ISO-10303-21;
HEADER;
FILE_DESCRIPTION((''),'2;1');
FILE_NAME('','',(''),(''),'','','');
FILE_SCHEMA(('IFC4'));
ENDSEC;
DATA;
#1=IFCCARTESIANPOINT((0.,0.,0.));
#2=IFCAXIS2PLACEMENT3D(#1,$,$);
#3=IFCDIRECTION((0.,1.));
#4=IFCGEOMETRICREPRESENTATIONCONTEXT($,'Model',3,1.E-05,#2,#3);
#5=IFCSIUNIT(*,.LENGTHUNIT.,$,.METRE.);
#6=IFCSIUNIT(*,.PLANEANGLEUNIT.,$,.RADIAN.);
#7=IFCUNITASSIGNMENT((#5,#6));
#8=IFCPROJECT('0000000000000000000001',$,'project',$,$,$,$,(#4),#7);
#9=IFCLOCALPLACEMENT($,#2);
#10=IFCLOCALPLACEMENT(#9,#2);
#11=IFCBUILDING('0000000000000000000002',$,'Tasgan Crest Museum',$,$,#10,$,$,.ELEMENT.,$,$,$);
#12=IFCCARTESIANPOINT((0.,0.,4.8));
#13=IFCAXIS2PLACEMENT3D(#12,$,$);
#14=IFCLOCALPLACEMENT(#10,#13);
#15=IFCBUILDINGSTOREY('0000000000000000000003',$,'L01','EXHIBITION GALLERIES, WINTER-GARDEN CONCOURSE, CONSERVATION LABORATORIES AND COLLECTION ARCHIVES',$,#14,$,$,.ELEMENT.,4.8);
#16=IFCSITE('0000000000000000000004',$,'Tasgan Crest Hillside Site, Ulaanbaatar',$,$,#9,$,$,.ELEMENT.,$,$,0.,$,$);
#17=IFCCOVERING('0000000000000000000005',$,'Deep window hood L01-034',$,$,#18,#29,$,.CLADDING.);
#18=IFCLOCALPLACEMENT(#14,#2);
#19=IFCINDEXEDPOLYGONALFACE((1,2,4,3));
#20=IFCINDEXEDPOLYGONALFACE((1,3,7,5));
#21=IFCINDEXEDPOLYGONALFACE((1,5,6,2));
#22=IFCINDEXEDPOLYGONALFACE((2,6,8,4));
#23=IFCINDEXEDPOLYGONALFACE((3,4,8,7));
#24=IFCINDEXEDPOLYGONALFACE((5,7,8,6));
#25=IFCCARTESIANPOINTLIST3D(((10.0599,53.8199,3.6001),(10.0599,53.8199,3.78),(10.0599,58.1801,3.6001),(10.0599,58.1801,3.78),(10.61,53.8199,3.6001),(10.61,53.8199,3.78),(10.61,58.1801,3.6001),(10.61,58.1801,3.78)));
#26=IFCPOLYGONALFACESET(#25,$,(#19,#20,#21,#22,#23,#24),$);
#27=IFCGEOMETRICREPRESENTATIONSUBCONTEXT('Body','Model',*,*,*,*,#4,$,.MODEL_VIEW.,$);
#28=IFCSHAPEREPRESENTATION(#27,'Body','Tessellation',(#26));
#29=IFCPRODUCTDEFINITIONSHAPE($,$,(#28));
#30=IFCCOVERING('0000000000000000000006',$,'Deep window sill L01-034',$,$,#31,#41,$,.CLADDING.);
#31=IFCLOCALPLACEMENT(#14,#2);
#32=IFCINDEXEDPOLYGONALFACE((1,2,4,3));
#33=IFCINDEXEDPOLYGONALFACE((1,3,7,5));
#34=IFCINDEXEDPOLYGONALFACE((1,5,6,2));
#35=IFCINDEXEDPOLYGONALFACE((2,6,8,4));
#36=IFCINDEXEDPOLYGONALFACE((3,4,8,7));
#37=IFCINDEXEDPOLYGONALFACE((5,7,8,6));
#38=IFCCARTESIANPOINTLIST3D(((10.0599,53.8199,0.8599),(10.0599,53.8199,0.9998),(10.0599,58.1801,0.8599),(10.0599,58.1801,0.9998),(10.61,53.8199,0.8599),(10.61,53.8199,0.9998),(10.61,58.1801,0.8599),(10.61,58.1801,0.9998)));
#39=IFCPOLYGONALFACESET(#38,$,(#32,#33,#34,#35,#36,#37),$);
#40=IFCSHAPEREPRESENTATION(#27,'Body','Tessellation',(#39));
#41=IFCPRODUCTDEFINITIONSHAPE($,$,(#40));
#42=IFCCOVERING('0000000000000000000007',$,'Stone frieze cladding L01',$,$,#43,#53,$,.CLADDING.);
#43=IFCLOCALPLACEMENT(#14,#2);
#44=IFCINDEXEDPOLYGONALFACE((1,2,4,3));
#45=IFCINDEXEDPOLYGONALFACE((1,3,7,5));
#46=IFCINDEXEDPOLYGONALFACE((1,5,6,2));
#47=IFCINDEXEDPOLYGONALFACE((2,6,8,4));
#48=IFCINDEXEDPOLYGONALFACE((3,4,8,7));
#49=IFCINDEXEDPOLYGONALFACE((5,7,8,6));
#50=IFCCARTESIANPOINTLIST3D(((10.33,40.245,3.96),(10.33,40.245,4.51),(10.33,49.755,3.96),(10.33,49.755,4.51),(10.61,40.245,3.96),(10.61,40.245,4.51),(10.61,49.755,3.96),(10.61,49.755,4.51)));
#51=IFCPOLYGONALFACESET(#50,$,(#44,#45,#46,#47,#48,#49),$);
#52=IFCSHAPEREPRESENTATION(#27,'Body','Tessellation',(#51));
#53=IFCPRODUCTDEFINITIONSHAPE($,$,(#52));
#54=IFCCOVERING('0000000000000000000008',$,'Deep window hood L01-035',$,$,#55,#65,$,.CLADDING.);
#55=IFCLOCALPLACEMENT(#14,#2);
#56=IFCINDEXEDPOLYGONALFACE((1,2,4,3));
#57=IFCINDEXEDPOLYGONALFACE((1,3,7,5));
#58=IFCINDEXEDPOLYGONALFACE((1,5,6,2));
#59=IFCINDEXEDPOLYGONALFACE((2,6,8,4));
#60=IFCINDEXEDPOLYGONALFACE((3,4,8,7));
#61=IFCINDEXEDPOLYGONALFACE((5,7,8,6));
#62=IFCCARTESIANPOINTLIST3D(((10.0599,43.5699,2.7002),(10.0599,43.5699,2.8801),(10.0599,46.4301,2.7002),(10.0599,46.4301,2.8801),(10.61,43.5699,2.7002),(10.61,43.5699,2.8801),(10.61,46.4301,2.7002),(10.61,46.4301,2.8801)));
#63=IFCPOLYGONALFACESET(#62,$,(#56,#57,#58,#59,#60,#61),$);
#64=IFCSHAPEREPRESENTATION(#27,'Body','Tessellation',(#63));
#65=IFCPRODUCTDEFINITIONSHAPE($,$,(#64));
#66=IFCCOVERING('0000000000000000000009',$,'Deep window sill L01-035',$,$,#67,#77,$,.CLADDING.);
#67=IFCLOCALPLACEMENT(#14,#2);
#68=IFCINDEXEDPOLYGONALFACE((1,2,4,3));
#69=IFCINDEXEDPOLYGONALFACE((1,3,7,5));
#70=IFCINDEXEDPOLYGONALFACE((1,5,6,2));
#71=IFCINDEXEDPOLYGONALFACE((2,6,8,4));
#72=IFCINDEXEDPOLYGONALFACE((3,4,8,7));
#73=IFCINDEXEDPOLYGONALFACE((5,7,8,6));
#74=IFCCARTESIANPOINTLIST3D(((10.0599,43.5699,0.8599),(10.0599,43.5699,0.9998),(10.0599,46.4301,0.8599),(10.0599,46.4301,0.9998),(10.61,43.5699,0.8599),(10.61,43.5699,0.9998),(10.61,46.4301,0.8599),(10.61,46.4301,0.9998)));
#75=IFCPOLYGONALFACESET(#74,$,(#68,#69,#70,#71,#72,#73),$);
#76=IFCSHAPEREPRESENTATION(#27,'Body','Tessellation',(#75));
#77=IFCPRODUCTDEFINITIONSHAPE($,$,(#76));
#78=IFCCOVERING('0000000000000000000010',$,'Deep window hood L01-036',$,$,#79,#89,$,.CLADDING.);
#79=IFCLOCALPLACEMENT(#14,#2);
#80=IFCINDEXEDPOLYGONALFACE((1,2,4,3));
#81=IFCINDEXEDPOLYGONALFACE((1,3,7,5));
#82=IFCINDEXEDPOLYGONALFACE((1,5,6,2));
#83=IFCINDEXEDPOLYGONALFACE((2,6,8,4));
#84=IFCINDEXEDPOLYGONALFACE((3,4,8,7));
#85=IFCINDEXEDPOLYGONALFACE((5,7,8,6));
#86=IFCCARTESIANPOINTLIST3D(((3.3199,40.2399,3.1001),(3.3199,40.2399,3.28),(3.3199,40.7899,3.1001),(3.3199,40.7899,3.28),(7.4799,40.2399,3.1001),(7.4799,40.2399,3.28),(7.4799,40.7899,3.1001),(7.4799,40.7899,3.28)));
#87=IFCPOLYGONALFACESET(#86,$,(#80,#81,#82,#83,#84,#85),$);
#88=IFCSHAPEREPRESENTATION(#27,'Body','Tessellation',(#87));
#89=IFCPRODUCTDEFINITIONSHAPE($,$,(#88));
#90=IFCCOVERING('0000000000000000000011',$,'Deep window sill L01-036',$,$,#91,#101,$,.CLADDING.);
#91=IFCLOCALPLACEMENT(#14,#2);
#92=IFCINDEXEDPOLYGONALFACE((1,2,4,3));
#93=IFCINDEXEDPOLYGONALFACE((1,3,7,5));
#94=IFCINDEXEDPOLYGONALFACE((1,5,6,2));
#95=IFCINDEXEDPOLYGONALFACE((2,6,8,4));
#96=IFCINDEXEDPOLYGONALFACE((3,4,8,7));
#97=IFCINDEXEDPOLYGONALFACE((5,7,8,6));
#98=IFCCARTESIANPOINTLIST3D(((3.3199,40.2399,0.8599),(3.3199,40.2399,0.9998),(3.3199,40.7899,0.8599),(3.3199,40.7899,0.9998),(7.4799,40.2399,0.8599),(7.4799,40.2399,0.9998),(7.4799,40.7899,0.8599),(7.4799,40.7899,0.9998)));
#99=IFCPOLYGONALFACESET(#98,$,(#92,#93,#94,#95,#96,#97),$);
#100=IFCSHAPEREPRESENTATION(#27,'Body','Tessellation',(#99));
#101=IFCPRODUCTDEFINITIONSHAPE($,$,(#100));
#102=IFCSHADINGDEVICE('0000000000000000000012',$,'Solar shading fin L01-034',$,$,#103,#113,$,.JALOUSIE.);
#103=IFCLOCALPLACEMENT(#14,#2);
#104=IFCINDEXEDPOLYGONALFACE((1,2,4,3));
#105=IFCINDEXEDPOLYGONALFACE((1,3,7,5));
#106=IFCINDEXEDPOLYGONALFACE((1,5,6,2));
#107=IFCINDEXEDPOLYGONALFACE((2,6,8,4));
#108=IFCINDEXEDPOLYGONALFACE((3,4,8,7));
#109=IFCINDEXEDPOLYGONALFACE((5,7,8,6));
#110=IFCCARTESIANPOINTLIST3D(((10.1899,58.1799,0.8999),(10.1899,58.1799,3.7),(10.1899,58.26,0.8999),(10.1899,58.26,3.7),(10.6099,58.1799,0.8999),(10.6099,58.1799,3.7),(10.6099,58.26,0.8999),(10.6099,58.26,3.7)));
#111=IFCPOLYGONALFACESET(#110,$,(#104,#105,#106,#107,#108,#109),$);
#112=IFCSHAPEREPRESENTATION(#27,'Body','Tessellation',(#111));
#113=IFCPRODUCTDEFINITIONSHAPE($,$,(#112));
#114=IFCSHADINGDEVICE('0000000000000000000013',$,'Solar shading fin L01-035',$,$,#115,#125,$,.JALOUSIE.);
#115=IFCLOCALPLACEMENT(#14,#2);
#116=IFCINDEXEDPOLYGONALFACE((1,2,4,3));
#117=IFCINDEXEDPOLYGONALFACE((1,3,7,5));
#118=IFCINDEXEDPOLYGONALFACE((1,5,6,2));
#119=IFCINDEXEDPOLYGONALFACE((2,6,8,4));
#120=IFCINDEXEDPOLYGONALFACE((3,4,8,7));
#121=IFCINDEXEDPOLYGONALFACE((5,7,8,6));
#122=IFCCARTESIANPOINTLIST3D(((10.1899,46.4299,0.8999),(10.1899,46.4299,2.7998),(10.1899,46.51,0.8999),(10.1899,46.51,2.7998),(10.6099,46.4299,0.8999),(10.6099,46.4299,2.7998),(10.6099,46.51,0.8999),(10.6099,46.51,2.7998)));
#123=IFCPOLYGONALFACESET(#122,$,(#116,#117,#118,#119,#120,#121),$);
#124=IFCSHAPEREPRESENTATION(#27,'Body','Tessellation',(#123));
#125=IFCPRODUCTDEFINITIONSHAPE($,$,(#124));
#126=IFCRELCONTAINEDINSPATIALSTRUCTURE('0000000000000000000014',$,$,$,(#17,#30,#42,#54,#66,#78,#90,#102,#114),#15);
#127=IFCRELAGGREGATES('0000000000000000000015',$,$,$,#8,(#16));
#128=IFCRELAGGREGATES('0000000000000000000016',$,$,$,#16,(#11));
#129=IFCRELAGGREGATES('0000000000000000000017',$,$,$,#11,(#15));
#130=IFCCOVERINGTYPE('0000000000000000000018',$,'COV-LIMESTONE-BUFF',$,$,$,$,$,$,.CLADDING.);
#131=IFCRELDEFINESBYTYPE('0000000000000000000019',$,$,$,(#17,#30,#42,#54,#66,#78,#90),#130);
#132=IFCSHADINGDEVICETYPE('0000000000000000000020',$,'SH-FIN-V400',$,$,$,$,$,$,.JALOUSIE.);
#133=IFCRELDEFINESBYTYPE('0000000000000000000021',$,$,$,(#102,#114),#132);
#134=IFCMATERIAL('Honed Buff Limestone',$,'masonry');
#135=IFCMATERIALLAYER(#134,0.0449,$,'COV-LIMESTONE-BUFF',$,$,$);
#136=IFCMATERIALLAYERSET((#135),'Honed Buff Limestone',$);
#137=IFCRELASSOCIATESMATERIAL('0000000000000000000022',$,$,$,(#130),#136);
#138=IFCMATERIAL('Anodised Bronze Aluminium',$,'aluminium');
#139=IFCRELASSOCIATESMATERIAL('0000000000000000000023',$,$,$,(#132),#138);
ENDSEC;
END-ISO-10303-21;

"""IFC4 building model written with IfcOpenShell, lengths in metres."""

from ifc_helpers import new_model, si_unit, direction, frame, origin, origin_2d, place, context, subcontext, project, spatial, rectangle, extrude, material, layer, layer_set, type_object, element, save


model = new_model("IFC4")

# Units and contexts
model_context = context("Model", 3, precision=1e-05, world=origin(), true_north=direction((0.0, 1.0)))
body_context = subcontext(model_context, "Body", "Model", "MODEL_VIEW")
ifc_project = project(units=[si_unit("LENGTHUNIT", "METRE"), si_unit("PLANEANGLEUNIT", "RADIAN")], contexts=[model_context])

# Site, building, storey
site_placement = place(None, origin())
site = spatial("IfcSite", under=ifc_project, at=site_placement, Name="Tasgan Crest Hillside Site, Ulaanbaatar", CompositionType="ELEMENT", RefElevation=0.0)
building_placement = place(site_placement, origin())
building = spatial("IfcBuilding", under=site, at=building_placement, Name="Tasgan Crest Museum", CompositionType="ELEMENT")
storey_placement = place(building_placement, frame((0.0, 0.0, 4.8)))
storey = spatial("IfcBuildingStorey", under=building, at=storey_placement, Name="L01", Description="EXHIBITION GALLERIES, WINTER-GARDEN CONCOURSE, CONSERVATION LABORATORIES AND COLLECTION ARCHIVES", CompositionType="ELEMENT", Elevation=4.8)

# Coverings
ifc_material_1 = material(Name="Honed Buff Limestone", Category="masonry")
ifc_layer_1 = layer(ifc_material_1, 0.0449, Name="COV-LIMESTONE-BUFF")
ifc_layer_set_1 = layer_set([ifc_layer_1], Name="Honed Buff Limestone")
covering_type_1 = type_object("IfcCoveringType", Name="COV-LIMESTONE-BUFF", PredefinedType="CLADDING", material=ifc_layer_set_1)
covering_1_placement = place(storey_placement, frame((10.335, 56.0, 3.6001), z_axis=(0.0, 0.0, 1.0), x_axis=(0.0, -1.0, 0.0)))
element("IfcCovering", 1, at=covering_1_placement, inside=storey, type_object=covering_type_1, Name="Deep window hood L01-034", PredefinedType="CLADDING", context=body_context, shape_type="SweptSolid", body=[
    extrude(rectangle(XDim=4.3601, YDim=0.55, at=origin_2d()), origin(), (0.0, 0.0, 1.0), 0.1799),
])
covering_2_placement = place(storey_placement, frame((10.335, 56.0, 0.8599), z_axis=(0.0, 0.0, 1.0), x_axis=(0.0, -1.0, 0.0)))
element("IfcCovering", 2, at=covering_2_placement, inside=storey, type_object=covering_type_1, Name="Deep window sill L01-034", PredefinedType="CLADDING", context=body_context, shape_type="SweptSolid", body=[
    extrude(rectangle(XDim=4.3601, YDim=0.55, at=origin_2d()), origin(), (0.0, 0.0, 1.0), 0.1399),
])
covering_3_placement = place(storey_placement, frame((10.47, 45.0, 3.96), z_axis=(0.0, 0.0, 1.0), x_axis=(0.0, -1.0, 0.0)))
element("IfcCovering", 3, at=covering_3_placement, inside=storey, type_object=covering_type_1, Name="Stone frieze cladding L01", PredefinedType="CLADDING", context=body_context, shape_type="SweptSolid", body=[
    extrude(rectangle(XDim=9.51, YDim=0.28, at=origin_2d()), origin(), (0.0, 0.0, 1.0), 0.55),
])
covering_4_placement = place(storey_placement, frame((10.335, 45.0, 2.7002), z_axis=(0.0, 0.0, 1.0), x_axis=(0.0, -1.0, 0.0)))
element("IfcCovering", 4, at=covering_4_placement, inside=storey, type_object=covering_type_1, Name="Deep window hood L01-035", PredefinedType="CLADDING", context=body_context, shape_type="SweptSolid", body=[
    extrude(rectangle(XDim=2.8601, YDim=0.55, at=origin_2d()), origin(), (0.0, 0.0, 1.0), 0.1799),
])
covering_5_placement = place(storey_placement, frame((10.335, 45.0, 0.8599), z_axis=(0.0, 0.0, 1.0), x_axis=(0.0, -1.0, 0.0)))
element("IfcCovering", 5, at=covering_5_placement, inside=storey, type_object=covering_type_1, Name="Deep window sill L01-035", PredefinedType="CLADDING", context=body_context, shape_type="SweptSolid", body=[
    extrude(rectangle(XDim=2.8601, YDim=0.55, at=origin_2d()), origin(), (0.0, 0.0, 1.0), 0.1399),
])
covering_6_placement = place(storey_placement, frame((5.3999, 40.5149, 3.1001), z_axis=(0.0, 0.0, 1.0), x_axis=(-1.0, 0.0, 0.0)))
element("IfcCovering", 6, at=covering_6_placement, inside=storey, type_object=covering_type_1, Name="Deep window hood L01-036", PredefinedType="CLADDING", context=body_context, shape_type="SweptSolid", body=[
    extrude(rectangle(XDim=4.1599, YDim=0.55, at=origin_2d()), origin(), (0.0, 0.0, 1.0), 0.1799),
])
covering_7_placement = place(storey_placement, frame((5.3999, 40.5149, 0.8599), z_axis=(0.0, 0.0, 1.0), x_axis=(-1.0, 0.0, 0.0)))
element("IfcCovering", 7, at=covering_7_placement, inside=storey, type_object=covering_type_1, Name="Deep window sill L01-036", PredefinedType="CLADDING", context=body_context, shape_type="SweptSolid", body=[
    extrude(rectangle(XDim=4.1599, YDim=0.55, at=origin_2d()), origin(), (0.0, 0.0, 1.0), 0.1399),
])

# Shading devices
ifc_material_2 = material(Name="Anodised Bronze Aluminium", Category="aluminium")
shading_device_type = type_object("IfcShadingDeviceType", Name="SH-FIN-V400", PredefinedType="JALOUSIE", material=ifc_material_2)
shading_device_1_placement = place(storey_placement, frame((10.3999, 58.22, 0.8999), z_axis=(0.0, 0.0, 1.0), x_axis=(0.0, -1.0, 0.0)))
element("IfcShadingDevice", 8, at=shading_device_1_placement, inside=storey, type_object=shading_device_type, Name="Solar shading fin L01-034", PredefinedType="JALOUSIE", context=body_context, shape_type="SweptSolid", body=[
    extrude(rectangle(XDim=0.0801, YDim=0.4199, at=origin_2d()), origin(), (0.0, 0.0, 1.0), 2.8),
])
shading_device_2_placement = place(storey_placement, frame((10.3999, 46.47, 0.8999), z_axis=(0.0, 0.0, 1.0), x_axis=(0.0, -1.0, 0.0)))
element("IfcShadingDevice", 9, at=shading_device_2_placement, inside=storey, type_object=shading_device_type, Name="Solar shading fin L01-035", PredefinedType="JALOUSIE", context=body_context, shape_type="SweptSolid", body=[
    extrude(rectangle(XDim=0.0801, YDim=0.4199, at=origin_2d()), origin(), (0.0, 0.0, 1.0), 1.8999),
])

save(model, "model.ifc")
